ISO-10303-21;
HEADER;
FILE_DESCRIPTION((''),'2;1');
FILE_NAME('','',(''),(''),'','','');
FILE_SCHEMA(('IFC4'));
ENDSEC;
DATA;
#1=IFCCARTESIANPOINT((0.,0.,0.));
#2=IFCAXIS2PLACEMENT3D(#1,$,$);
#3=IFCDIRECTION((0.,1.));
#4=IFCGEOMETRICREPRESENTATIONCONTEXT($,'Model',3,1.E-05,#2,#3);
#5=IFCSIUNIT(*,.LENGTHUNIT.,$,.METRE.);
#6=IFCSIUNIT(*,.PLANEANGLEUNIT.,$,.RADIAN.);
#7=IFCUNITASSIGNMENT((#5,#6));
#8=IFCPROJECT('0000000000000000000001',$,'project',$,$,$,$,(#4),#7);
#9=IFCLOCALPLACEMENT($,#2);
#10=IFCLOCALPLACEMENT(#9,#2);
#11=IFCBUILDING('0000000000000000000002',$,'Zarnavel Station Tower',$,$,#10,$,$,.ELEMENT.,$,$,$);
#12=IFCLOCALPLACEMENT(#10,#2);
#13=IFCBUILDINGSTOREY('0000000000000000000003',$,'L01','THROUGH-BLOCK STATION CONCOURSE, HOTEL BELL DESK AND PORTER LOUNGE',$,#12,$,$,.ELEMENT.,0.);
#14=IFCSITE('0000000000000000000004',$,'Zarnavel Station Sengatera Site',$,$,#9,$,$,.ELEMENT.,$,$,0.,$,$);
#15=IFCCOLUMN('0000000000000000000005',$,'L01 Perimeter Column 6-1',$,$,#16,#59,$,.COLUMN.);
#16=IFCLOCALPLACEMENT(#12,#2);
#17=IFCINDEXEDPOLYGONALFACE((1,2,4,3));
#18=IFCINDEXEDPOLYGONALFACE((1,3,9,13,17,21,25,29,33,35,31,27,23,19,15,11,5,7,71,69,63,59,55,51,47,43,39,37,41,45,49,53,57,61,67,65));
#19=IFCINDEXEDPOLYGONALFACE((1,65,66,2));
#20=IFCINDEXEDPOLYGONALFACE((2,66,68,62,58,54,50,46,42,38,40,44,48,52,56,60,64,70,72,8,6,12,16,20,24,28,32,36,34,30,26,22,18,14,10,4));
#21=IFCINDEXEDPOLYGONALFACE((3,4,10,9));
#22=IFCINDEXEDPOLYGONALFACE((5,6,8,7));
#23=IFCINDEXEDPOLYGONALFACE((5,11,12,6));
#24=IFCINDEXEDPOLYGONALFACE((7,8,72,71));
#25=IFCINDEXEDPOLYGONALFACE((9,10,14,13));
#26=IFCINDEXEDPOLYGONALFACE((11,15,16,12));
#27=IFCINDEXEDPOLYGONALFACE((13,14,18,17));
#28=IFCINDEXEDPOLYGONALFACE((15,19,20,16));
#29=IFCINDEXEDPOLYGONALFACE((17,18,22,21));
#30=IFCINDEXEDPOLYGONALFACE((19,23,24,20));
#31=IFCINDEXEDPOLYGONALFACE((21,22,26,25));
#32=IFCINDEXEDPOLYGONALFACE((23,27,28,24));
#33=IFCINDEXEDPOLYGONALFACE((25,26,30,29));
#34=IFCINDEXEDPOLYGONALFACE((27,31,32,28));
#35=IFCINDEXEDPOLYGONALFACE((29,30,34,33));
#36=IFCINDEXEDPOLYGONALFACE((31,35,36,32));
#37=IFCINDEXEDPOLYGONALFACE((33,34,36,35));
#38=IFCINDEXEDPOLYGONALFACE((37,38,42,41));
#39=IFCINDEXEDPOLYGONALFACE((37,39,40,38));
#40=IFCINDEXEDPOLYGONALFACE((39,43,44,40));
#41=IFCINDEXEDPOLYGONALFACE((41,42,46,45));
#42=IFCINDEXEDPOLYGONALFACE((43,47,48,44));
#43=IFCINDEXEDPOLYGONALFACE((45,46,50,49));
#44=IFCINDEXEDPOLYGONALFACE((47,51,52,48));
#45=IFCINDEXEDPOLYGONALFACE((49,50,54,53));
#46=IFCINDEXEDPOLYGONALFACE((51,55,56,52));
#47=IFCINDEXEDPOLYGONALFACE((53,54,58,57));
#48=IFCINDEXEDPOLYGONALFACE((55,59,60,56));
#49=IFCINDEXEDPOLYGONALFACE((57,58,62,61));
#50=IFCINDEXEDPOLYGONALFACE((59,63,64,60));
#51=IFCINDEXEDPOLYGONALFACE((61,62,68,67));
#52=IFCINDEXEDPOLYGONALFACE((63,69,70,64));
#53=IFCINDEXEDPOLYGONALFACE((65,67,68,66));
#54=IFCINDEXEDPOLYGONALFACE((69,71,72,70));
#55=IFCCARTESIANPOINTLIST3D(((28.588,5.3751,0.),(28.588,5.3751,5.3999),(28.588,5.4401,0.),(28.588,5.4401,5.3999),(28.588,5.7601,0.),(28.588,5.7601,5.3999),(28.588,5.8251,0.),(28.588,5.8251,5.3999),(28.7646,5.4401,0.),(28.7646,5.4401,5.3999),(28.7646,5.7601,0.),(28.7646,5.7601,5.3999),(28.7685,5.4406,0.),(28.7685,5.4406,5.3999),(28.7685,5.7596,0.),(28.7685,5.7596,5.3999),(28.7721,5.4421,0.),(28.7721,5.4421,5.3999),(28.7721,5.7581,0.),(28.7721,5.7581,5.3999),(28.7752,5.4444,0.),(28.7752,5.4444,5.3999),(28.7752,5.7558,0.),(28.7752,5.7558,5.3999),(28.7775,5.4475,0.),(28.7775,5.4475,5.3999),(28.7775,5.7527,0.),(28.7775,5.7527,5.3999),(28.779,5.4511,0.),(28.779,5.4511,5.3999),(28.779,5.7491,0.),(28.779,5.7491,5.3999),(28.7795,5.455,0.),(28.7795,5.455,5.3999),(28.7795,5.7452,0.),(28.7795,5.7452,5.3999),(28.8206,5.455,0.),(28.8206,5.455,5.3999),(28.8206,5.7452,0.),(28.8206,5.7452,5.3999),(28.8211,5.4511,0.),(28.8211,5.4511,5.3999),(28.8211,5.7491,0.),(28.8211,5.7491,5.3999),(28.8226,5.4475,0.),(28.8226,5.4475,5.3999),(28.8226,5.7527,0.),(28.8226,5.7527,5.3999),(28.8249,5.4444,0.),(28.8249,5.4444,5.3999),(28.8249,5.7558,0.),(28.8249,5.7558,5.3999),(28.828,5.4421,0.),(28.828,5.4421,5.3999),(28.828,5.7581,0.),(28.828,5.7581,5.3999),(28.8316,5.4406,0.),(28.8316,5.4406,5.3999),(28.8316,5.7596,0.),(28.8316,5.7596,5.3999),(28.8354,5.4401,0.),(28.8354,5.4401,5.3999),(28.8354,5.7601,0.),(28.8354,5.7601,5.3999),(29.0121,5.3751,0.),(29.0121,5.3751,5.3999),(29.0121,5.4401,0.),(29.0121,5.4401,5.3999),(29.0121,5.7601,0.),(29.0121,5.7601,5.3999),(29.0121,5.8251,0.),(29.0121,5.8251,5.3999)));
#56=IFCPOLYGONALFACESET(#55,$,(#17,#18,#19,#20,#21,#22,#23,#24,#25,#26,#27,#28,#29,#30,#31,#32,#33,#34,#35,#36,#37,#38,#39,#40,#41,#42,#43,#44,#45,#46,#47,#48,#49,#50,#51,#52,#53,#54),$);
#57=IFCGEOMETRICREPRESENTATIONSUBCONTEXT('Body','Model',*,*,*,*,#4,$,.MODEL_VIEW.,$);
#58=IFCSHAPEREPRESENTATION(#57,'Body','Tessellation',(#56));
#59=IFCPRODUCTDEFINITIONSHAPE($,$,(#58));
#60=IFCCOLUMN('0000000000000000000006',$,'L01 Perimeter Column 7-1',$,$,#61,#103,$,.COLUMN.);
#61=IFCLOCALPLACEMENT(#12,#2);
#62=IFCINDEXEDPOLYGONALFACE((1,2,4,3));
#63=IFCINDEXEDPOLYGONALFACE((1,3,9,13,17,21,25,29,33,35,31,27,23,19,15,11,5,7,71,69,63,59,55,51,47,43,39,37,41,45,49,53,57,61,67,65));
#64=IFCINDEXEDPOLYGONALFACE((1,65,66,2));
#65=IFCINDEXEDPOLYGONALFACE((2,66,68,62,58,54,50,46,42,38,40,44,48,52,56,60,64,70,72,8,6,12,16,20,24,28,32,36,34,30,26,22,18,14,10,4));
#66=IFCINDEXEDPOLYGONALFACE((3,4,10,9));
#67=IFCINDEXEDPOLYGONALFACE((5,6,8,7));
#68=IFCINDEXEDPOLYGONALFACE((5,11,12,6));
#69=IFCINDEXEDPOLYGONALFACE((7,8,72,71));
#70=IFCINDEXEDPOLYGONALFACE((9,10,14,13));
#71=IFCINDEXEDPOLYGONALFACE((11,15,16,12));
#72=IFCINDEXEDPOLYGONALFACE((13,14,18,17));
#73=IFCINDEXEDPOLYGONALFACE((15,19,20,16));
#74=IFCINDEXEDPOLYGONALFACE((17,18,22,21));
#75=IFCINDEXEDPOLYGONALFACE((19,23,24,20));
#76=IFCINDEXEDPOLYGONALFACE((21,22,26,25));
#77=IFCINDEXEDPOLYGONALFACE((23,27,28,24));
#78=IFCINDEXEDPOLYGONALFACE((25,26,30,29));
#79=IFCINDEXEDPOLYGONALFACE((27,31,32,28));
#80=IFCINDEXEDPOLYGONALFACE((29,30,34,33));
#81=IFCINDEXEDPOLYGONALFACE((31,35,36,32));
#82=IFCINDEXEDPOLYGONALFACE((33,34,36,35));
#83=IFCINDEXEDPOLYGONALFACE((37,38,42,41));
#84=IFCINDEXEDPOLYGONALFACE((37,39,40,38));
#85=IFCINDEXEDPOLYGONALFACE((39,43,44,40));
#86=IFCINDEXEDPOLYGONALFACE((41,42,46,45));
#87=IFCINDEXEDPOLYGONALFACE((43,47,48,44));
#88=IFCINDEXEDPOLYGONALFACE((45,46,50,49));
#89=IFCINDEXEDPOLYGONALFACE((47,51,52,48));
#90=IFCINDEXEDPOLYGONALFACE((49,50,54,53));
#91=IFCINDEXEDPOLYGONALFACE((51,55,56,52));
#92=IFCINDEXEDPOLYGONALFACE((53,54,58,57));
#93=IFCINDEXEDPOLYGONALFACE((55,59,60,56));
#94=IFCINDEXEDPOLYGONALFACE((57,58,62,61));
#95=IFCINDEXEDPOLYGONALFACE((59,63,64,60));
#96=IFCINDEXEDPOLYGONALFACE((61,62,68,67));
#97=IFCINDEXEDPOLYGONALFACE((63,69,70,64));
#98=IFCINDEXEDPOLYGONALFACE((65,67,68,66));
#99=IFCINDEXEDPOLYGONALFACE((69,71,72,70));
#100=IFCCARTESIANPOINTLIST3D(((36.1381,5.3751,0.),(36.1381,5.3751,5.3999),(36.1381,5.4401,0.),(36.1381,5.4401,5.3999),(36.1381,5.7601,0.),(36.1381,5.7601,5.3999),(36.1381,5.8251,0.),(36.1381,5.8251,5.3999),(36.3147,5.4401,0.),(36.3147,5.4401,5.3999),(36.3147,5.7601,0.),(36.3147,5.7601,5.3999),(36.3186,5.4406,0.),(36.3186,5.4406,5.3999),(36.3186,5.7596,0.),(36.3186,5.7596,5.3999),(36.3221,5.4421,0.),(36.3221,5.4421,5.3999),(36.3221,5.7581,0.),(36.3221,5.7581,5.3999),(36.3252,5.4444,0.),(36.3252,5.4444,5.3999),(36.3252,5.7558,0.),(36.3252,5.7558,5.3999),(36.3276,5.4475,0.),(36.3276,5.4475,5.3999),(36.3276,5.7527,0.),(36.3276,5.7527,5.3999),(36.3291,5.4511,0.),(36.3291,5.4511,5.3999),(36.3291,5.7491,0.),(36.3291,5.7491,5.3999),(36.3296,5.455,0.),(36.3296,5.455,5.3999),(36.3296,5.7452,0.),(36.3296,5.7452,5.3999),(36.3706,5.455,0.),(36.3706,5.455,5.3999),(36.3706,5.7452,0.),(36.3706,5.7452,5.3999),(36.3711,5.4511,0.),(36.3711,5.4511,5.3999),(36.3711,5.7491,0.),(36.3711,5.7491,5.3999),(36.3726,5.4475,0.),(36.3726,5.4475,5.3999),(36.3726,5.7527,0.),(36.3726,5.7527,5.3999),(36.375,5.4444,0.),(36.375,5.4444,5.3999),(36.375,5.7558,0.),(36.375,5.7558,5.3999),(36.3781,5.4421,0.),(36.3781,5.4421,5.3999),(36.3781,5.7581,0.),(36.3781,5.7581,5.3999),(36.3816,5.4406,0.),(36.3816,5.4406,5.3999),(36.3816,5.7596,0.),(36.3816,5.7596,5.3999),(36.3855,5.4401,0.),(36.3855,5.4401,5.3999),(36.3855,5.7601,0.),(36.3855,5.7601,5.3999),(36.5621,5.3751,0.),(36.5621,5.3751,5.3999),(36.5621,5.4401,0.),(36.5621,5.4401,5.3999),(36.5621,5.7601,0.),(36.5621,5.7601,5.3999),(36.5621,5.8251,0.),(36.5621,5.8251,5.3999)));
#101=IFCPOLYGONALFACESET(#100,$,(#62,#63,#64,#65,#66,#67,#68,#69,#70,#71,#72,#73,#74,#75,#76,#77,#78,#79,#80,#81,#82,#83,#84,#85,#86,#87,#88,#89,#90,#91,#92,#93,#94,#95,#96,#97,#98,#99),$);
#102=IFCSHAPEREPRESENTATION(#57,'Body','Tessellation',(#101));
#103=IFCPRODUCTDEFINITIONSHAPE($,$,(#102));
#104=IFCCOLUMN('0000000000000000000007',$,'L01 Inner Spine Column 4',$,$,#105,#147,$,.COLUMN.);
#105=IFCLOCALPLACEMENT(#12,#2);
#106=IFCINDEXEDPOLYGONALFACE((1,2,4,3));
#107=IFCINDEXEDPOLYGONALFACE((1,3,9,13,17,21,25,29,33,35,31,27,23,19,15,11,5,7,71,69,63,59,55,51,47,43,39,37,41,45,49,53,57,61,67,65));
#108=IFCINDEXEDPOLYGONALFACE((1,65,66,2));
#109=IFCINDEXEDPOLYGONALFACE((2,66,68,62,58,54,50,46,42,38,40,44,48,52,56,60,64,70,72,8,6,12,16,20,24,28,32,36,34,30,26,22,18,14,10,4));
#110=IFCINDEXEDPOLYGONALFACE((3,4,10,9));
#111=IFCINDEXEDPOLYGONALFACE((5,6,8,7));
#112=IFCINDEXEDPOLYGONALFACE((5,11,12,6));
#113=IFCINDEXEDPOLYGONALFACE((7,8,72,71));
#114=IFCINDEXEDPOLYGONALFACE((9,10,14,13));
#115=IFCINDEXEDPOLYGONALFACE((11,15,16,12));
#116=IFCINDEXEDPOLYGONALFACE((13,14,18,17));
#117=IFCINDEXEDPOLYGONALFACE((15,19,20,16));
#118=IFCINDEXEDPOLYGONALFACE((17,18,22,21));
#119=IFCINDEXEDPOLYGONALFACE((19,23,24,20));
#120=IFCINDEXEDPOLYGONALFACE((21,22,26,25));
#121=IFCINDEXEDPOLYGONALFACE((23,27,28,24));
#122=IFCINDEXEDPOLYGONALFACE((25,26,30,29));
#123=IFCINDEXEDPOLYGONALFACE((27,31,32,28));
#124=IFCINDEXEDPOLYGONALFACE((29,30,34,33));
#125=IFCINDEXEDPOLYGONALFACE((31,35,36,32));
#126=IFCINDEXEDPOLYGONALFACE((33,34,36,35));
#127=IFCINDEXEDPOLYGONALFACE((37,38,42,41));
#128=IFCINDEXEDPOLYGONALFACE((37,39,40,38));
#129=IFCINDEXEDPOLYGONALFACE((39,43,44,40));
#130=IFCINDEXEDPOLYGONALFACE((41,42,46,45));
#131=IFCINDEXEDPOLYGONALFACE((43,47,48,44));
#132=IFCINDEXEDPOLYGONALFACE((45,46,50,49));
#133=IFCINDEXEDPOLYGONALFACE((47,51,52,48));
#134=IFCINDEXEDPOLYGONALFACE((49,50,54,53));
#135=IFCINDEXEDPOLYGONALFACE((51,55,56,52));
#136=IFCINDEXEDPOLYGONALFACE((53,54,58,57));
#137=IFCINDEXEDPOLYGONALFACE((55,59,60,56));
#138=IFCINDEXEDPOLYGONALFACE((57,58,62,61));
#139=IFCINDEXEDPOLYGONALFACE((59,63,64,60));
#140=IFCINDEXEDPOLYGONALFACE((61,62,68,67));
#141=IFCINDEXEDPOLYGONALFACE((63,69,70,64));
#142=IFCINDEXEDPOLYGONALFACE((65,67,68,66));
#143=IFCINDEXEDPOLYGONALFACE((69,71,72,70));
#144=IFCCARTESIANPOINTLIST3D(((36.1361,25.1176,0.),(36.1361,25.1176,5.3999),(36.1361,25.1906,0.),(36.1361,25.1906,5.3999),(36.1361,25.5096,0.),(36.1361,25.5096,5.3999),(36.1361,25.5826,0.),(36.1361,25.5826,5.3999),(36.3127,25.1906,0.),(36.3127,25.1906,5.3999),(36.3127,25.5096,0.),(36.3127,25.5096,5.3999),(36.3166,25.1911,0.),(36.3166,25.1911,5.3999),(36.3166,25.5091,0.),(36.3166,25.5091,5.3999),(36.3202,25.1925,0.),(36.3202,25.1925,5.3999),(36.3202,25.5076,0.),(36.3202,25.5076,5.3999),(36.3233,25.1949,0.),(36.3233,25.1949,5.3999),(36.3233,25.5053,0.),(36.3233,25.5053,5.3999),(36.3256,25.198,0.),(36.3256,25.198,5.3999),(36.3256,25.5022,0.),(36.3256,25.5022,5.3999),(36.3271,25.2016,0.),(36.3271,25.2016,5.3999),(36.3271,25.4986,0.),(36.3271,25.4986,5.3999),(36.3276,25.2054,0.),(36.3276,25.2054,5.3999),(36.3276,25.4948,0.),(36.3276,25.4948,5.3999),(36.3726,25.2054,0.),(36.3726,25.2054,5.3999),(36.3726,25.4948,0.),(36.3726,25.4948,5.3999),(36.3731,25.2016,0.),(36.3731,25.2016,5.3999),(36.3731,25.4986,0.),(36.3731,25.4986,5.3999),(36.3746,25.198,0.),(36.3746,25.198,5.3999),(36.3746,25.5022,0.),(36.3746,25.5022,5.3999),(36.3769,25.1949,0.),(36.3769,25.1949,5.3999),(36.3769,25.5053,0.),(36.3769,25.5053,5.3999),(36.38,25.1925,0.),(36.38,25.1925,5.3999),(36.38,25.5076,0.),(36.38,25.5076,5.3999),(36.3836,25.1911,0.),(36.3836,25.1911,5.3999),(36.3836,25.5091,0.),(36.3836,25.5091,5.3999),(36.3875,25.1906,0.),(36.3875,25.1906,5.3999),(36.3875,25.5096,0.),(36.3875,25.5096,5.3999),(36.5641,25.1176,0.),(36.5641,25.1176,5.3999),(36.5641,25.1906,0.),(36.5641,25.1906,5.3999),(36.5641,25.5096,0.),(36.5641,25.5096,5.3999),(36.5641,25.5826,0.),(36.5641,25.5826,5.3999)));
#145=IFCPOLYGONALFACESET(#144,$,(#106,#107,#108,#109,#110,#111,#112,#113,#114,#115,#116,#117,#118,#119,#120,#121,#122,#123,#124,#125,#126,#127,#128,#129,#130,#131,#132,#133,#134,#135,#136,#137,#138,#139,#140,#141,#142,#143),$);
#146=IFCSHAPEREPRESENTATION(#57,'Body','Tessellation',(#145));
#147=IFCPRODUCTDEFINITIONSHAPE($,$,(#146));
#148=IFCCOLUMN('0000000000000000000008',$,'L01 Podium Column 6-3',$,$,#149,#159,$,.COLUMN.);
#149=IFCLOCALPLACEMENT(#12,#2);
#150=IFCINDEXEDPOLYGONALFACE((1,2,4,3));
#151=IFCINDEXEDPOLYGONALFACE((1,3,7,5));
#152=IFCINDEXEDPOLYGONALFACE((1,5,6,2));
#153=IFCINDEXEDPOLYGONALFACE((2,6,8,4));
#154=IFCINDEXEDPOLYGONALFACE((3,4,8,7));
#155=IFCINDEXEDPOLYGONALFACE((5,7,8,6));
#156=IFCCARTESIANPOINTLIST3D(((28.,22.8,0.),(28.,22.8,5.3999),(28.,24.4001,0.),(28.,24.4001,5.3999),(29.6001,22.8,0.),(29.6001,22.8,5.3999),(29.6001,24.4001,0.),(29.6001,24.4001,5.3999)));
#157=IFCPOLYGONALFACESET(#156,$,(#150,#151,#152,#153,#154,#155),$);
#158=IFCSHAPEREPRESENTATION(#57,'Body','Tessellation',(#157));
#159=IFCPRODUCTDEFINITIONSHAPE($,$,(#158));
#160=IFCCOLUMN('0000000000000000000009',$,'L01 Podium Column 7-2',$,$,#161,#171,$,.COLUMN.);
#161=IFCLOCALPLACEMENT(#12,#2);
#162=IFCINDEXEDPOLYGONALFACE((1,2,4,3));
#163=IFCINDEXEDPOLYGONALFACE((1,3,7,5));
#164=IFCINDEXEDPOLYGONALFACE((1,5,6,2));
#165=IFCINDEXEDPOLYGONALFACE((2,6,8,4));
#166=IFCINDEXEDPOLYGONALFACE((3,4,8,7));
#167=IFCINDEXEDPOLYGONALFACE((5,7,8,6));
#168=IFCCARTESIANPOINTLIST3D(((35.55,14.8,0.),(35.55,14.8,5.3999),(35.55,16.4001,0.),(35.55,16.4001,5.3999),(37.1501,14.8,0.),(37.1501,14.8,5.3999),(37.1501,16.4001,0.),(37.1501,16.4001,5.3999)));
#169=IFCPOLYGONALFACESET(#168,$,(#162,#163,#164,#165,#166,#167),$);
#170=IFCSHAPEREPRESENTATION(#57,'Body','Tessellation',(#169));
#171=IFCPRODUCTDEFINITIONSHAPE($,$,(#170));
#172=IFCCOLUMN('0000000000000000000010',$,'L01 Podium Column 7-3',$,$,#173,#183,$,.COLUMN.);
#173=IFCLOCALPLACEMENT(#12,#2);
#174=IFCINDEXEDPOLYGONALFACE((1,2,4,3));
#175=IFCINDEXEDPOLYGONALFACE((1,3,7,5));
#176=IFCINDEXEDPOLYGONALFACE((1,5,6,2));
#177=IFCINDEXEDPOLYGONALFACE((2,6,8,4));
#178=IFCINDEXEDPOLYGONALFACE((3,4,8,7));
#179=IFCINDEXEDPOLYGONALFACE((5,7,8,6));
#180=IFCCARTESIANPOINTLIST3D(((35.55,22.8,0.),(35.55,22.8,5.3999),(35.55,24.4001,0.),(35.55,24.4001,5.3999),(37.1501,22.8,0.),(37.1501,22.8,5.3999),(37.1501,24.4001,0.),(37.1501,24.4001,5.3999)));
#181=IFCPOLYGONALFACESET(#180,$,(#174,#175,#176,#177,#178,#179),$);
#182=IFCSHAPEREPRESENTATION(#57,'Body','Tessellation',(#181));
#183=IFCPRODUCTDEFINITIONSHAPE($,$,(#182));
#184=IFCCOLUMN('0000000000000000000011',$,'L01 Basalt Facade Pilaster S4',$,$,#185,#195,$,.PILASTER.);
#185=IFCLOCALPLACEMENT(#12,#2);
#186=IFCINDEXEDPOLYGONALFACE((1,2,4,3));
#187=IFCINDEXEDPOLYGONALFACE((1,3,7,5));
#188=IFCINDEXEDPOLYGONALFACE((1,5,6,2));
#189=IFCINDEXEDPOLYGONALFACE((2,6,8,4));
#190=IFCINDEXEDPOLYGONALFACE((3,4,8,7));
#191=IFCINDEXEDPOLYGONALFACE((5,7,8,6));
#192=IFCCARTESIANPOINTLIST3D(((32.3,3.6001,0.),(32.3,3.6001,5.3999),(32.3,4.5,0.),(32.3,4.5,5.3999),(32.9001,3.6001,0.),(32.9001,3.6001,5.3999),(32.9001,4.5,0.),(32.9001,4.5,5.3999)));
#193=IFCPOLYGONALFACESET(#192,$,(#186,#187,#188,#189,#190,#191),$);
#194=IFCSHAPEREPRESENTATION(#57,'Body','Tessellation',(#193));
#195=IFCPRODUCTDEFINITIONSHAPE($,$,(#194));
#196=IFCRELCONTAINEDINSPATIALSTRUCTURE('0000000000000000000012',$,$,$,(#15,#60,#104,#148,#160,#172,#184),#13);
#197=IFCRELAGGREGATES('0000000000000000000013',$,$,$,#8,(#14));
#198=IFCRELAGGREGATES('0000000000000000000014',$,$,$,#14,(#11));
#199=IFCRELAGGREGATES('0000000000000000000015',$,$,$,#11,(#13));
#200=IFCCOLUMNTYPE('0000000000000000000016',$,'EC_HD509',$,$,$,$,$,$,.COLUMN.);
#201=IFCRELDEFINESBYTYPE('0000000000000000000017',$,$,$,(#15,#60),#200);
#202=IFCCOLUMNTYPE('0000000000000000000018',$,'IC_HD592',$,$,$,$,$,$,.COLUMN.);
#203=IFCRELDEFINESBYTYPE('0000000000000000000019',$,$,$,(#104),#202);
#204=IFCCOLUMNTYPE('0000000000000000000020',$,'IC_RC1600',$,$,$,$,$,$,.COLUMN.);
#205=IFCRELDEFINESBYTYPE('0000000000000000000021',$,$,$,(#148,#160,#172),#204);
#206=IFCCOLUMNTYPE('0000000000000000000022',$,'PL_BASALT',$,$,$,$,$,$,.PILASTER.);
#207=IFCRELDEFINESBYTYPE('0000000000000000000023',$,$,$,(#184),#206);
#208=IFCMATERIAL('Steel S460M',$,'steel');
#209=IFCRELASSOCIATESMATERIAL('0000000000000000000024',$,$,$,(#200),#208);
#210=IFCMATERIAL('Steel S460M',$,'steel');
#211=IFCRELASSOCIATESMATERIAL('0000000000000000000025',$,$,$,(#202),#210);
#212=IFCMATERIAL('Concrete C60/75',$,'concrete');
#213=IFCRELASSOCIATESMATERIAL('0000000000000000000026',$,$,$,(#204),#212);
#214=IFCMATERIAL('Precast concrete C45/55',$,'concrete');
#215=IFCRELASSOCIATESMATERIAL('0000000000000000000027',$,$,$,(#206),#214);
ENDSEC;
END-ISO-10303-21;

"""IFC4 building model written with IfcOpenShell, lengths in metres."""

from ifc_helpers import new_model, si_unit, direction, frame, origin, origin_2d, place, context, subcontext, project, spatial, rectangle, i_section, extrude, material, material_profile, profile_set, type_object, element, save


model = new_model("IFC4")

# Units and contexts
model_context = context("Model", 3, precision=1e-05, world=origin(), true_north=direction((0.0, 1.0)))
body_context = subcontext(model_context, "Body", "Model", "MODEL_VIEW")
ifc_project = project(units=[si_unit("LENGTHUNIT", "METRE"), si_unit("PLANEANGLEUNIT", "RADIAN")], contexts=[model_context])

# Site, building, storey
site_placement = place(None, origin())
site = spatial("IfcSite", under=ifc_project, at=site_placement, Name="Zarnavel Station Sengatera Site", CompositionType="ELEMENT", RefElevation=0.0)
building_placement = place(site_placement, origin())
building = spatial("IfcBuilding", under=site, at=building_placement, Name="Zarnavel Station Tower", CompositionType="ELEMENT")
storey_placement = place(building_placement, origin())
storey = spatial("IfcBuildingStorey", under=building, at=storey_placement, Name="L01", Description="THROUGH-BLOCK STATION CONCOURSE, HOTEL BELL DESK AND PORTER LOUNGE", CompositionType="ELEMENT", Elevation=0.0)

# Columns
ifc_material_1 = material(Name="Steel S460M", Category="steel")
ifc_material_profile_1 = material_profile(ifc_material_1, i_section(OverallWidth=0.4241, OverallDepth=0.45, WebThickness=0.041, FlangeThickness=0.0649, FilletRadius=0.0149, at=origin_2d()), Name="HD400x509")
ifc_profile_set_1 = profile_set([ifc_material_profile_1], Name="Steel S460M")
column_type_1 = type_object("IfcColumnType", Name="EC_HD509", PredefinedType="COLUMN", material=ifc_profile_set_1)
for number, where, z_axis, x_axis, name in (
    (1, (28.8, 5.6001, 0.0), (0.0, 0.0, 1.0), (1.0, 0.0, 0.0), "L01 Perimeter Column 6-1"),
    (2, (36.3501, 5.6001, 0.0), (0.0, 0.0, 1.0), (1.0, 0.0, 0.0), "L01 Perimeter Column 7-1"),
):
    element("IfcColumn", number, at=place(storey_placement, frame(where, z_axis=z_axis, x_axis=x_axis)), inside=storey, type_object=column_type_1, Name=name, PredefinedType="COLUMN", context=body_context, shape_type="SweptSolid", body=[
        extrude(i_section(OverallWidth=0.4241, OverallDepth=0.45, WebThickness=0.041, FlangeThickness=0.0649, FilletRadius=0.0149, at=origin_2d()), origin(), (0.0, 0.0, 1.0), 5.3999),
    ])
ifc_material_2 = material(Name="Steel S460M", Category="steel")
ifc_material_profile_2 = material_profile(ifc_material_2, i_section(OverallWidth=0.428, OverallDepth=0.4651, WebThickness=0.0449, FlangeThickness=0.073, FilletRadius=0.0149, at=origin_2d()), Name="HD400x592")
ifc_profile_set_2 = profile_set([ifc_material_profile_2], Name="Steel S460M")
column_type_2 = type_object("IfcColumnType", Name="IC_HD592", PredefinedType="COLUMN", material=ifc_profile_set_2)
column_1_placement = place(storey_placement, frame((36.3501, 25.3501, 0.0), z_axis=(0.0, 0.0, 1.0), x_axis=(1.0, 0.0, 0.0)))
element("IfcColumn", 3, at=column_1_placement, inside=storey, type_object=column_type_2, Name="L01 Inner Spine Column 4", PredefinedType="COLUMN", context=body_context, shape_type="SweptSolid", body=[
    extrude(i_section(OverallWidth=0.428, OverallDepth=0.4651, WebThickness=0.0449, FlangeThickness=0.073, FilletRadius=0.0149, at=origin_2d()), origin(), (0.0, 0.0, 1.0), 5.3999),
])
ifc_material_3 = material(Name="Concrete C60/75", Category="concrete")
ifc_material_profile_3 = material_profile(ifc_material_3, rectangle(XDim=1.6001, YDim=1.6001, at=origin_2d()), Name="RC1600x1600")
ifc_profile_set_3 = profile_set([ifc_material_profile_3], Name="Concrete C60/75")
column_type_3 = type_object("IfcColumnType", Name="IC_RC1600", PredefinedType="COLUMN", material=ifc_profile_set_3)
for number, where, z_axis, x_axis, name in (
    (4, (28.8, 23.6001, 0.0), (0.0, 0.0, 1.0), (1.0, 0.0, 0.0), "L01 Podium Column 6-3"),
    (5, (36.3501, 15.6001, 0.0), (0.0, 0.0, 1.0), (1.0, 0.0, 0.0), "L01 Podium Column 7-2"),
    (6, (36.3501, 23.6001, 0.0), (0.0, 0.0, 1.0), (1.0, 0.0, 0.0), "L01 Podium Column 7-3"),
):
    element("IfcColumn", number, at=place(storey_placement, frame(where, z_axis=z_axis, x_axis=x_axis)), inside=storey, type_object=column_type_3, Name=name, PredefinedType="COLUMN", context=body_context, shape_type="SweptSolid", body=[
        extrude(rectangle(XDim=1.6001, YDim=1.6001, at=origin_2d()), origin(), (0.0, 0.0, 1.0), 5.3999),
    ])
ifc_material_4 = material(Name="Precast concrete C45/55", Category="concrete")
ifc_material_profile_4 = material_profile(ifc_material_4, rectangle(XDim=0.6001, YDim=0.8999, at=origin_2d()), Name="RC600x900")
ifc_profile_set_4 = profile_set([ifc_material_profile_4], Name="Precast concrete C45/55")
column_type_4 = type_object("IfcColumnType", Name="PL_BASALT", PredefinedType="PILASTER", material=ifc_profile_set_4)
column_2_placement = place(storey_placement, frame((32.6001, 4.05, 0.0), z_axis=(0.0, 0.0, 1.0), x_axis=(1.0, 0.0, 0.0)))
element("IfcColumn", 7, at=column_2_placement, inside=storey, type_object=column_type_4, Name="L01 Basalt Facade Pilaster S4", PredefinedType="PILASTER", context=body_context, shape_type="SweptSolid", body=[
    extrude(rectangle(XDim=0.6001, YDim=0.8999, at=origin_2d()), origin(), (0.0, 0.0, 1.0), 5.3999),
])

save(model, "model.ifc")
